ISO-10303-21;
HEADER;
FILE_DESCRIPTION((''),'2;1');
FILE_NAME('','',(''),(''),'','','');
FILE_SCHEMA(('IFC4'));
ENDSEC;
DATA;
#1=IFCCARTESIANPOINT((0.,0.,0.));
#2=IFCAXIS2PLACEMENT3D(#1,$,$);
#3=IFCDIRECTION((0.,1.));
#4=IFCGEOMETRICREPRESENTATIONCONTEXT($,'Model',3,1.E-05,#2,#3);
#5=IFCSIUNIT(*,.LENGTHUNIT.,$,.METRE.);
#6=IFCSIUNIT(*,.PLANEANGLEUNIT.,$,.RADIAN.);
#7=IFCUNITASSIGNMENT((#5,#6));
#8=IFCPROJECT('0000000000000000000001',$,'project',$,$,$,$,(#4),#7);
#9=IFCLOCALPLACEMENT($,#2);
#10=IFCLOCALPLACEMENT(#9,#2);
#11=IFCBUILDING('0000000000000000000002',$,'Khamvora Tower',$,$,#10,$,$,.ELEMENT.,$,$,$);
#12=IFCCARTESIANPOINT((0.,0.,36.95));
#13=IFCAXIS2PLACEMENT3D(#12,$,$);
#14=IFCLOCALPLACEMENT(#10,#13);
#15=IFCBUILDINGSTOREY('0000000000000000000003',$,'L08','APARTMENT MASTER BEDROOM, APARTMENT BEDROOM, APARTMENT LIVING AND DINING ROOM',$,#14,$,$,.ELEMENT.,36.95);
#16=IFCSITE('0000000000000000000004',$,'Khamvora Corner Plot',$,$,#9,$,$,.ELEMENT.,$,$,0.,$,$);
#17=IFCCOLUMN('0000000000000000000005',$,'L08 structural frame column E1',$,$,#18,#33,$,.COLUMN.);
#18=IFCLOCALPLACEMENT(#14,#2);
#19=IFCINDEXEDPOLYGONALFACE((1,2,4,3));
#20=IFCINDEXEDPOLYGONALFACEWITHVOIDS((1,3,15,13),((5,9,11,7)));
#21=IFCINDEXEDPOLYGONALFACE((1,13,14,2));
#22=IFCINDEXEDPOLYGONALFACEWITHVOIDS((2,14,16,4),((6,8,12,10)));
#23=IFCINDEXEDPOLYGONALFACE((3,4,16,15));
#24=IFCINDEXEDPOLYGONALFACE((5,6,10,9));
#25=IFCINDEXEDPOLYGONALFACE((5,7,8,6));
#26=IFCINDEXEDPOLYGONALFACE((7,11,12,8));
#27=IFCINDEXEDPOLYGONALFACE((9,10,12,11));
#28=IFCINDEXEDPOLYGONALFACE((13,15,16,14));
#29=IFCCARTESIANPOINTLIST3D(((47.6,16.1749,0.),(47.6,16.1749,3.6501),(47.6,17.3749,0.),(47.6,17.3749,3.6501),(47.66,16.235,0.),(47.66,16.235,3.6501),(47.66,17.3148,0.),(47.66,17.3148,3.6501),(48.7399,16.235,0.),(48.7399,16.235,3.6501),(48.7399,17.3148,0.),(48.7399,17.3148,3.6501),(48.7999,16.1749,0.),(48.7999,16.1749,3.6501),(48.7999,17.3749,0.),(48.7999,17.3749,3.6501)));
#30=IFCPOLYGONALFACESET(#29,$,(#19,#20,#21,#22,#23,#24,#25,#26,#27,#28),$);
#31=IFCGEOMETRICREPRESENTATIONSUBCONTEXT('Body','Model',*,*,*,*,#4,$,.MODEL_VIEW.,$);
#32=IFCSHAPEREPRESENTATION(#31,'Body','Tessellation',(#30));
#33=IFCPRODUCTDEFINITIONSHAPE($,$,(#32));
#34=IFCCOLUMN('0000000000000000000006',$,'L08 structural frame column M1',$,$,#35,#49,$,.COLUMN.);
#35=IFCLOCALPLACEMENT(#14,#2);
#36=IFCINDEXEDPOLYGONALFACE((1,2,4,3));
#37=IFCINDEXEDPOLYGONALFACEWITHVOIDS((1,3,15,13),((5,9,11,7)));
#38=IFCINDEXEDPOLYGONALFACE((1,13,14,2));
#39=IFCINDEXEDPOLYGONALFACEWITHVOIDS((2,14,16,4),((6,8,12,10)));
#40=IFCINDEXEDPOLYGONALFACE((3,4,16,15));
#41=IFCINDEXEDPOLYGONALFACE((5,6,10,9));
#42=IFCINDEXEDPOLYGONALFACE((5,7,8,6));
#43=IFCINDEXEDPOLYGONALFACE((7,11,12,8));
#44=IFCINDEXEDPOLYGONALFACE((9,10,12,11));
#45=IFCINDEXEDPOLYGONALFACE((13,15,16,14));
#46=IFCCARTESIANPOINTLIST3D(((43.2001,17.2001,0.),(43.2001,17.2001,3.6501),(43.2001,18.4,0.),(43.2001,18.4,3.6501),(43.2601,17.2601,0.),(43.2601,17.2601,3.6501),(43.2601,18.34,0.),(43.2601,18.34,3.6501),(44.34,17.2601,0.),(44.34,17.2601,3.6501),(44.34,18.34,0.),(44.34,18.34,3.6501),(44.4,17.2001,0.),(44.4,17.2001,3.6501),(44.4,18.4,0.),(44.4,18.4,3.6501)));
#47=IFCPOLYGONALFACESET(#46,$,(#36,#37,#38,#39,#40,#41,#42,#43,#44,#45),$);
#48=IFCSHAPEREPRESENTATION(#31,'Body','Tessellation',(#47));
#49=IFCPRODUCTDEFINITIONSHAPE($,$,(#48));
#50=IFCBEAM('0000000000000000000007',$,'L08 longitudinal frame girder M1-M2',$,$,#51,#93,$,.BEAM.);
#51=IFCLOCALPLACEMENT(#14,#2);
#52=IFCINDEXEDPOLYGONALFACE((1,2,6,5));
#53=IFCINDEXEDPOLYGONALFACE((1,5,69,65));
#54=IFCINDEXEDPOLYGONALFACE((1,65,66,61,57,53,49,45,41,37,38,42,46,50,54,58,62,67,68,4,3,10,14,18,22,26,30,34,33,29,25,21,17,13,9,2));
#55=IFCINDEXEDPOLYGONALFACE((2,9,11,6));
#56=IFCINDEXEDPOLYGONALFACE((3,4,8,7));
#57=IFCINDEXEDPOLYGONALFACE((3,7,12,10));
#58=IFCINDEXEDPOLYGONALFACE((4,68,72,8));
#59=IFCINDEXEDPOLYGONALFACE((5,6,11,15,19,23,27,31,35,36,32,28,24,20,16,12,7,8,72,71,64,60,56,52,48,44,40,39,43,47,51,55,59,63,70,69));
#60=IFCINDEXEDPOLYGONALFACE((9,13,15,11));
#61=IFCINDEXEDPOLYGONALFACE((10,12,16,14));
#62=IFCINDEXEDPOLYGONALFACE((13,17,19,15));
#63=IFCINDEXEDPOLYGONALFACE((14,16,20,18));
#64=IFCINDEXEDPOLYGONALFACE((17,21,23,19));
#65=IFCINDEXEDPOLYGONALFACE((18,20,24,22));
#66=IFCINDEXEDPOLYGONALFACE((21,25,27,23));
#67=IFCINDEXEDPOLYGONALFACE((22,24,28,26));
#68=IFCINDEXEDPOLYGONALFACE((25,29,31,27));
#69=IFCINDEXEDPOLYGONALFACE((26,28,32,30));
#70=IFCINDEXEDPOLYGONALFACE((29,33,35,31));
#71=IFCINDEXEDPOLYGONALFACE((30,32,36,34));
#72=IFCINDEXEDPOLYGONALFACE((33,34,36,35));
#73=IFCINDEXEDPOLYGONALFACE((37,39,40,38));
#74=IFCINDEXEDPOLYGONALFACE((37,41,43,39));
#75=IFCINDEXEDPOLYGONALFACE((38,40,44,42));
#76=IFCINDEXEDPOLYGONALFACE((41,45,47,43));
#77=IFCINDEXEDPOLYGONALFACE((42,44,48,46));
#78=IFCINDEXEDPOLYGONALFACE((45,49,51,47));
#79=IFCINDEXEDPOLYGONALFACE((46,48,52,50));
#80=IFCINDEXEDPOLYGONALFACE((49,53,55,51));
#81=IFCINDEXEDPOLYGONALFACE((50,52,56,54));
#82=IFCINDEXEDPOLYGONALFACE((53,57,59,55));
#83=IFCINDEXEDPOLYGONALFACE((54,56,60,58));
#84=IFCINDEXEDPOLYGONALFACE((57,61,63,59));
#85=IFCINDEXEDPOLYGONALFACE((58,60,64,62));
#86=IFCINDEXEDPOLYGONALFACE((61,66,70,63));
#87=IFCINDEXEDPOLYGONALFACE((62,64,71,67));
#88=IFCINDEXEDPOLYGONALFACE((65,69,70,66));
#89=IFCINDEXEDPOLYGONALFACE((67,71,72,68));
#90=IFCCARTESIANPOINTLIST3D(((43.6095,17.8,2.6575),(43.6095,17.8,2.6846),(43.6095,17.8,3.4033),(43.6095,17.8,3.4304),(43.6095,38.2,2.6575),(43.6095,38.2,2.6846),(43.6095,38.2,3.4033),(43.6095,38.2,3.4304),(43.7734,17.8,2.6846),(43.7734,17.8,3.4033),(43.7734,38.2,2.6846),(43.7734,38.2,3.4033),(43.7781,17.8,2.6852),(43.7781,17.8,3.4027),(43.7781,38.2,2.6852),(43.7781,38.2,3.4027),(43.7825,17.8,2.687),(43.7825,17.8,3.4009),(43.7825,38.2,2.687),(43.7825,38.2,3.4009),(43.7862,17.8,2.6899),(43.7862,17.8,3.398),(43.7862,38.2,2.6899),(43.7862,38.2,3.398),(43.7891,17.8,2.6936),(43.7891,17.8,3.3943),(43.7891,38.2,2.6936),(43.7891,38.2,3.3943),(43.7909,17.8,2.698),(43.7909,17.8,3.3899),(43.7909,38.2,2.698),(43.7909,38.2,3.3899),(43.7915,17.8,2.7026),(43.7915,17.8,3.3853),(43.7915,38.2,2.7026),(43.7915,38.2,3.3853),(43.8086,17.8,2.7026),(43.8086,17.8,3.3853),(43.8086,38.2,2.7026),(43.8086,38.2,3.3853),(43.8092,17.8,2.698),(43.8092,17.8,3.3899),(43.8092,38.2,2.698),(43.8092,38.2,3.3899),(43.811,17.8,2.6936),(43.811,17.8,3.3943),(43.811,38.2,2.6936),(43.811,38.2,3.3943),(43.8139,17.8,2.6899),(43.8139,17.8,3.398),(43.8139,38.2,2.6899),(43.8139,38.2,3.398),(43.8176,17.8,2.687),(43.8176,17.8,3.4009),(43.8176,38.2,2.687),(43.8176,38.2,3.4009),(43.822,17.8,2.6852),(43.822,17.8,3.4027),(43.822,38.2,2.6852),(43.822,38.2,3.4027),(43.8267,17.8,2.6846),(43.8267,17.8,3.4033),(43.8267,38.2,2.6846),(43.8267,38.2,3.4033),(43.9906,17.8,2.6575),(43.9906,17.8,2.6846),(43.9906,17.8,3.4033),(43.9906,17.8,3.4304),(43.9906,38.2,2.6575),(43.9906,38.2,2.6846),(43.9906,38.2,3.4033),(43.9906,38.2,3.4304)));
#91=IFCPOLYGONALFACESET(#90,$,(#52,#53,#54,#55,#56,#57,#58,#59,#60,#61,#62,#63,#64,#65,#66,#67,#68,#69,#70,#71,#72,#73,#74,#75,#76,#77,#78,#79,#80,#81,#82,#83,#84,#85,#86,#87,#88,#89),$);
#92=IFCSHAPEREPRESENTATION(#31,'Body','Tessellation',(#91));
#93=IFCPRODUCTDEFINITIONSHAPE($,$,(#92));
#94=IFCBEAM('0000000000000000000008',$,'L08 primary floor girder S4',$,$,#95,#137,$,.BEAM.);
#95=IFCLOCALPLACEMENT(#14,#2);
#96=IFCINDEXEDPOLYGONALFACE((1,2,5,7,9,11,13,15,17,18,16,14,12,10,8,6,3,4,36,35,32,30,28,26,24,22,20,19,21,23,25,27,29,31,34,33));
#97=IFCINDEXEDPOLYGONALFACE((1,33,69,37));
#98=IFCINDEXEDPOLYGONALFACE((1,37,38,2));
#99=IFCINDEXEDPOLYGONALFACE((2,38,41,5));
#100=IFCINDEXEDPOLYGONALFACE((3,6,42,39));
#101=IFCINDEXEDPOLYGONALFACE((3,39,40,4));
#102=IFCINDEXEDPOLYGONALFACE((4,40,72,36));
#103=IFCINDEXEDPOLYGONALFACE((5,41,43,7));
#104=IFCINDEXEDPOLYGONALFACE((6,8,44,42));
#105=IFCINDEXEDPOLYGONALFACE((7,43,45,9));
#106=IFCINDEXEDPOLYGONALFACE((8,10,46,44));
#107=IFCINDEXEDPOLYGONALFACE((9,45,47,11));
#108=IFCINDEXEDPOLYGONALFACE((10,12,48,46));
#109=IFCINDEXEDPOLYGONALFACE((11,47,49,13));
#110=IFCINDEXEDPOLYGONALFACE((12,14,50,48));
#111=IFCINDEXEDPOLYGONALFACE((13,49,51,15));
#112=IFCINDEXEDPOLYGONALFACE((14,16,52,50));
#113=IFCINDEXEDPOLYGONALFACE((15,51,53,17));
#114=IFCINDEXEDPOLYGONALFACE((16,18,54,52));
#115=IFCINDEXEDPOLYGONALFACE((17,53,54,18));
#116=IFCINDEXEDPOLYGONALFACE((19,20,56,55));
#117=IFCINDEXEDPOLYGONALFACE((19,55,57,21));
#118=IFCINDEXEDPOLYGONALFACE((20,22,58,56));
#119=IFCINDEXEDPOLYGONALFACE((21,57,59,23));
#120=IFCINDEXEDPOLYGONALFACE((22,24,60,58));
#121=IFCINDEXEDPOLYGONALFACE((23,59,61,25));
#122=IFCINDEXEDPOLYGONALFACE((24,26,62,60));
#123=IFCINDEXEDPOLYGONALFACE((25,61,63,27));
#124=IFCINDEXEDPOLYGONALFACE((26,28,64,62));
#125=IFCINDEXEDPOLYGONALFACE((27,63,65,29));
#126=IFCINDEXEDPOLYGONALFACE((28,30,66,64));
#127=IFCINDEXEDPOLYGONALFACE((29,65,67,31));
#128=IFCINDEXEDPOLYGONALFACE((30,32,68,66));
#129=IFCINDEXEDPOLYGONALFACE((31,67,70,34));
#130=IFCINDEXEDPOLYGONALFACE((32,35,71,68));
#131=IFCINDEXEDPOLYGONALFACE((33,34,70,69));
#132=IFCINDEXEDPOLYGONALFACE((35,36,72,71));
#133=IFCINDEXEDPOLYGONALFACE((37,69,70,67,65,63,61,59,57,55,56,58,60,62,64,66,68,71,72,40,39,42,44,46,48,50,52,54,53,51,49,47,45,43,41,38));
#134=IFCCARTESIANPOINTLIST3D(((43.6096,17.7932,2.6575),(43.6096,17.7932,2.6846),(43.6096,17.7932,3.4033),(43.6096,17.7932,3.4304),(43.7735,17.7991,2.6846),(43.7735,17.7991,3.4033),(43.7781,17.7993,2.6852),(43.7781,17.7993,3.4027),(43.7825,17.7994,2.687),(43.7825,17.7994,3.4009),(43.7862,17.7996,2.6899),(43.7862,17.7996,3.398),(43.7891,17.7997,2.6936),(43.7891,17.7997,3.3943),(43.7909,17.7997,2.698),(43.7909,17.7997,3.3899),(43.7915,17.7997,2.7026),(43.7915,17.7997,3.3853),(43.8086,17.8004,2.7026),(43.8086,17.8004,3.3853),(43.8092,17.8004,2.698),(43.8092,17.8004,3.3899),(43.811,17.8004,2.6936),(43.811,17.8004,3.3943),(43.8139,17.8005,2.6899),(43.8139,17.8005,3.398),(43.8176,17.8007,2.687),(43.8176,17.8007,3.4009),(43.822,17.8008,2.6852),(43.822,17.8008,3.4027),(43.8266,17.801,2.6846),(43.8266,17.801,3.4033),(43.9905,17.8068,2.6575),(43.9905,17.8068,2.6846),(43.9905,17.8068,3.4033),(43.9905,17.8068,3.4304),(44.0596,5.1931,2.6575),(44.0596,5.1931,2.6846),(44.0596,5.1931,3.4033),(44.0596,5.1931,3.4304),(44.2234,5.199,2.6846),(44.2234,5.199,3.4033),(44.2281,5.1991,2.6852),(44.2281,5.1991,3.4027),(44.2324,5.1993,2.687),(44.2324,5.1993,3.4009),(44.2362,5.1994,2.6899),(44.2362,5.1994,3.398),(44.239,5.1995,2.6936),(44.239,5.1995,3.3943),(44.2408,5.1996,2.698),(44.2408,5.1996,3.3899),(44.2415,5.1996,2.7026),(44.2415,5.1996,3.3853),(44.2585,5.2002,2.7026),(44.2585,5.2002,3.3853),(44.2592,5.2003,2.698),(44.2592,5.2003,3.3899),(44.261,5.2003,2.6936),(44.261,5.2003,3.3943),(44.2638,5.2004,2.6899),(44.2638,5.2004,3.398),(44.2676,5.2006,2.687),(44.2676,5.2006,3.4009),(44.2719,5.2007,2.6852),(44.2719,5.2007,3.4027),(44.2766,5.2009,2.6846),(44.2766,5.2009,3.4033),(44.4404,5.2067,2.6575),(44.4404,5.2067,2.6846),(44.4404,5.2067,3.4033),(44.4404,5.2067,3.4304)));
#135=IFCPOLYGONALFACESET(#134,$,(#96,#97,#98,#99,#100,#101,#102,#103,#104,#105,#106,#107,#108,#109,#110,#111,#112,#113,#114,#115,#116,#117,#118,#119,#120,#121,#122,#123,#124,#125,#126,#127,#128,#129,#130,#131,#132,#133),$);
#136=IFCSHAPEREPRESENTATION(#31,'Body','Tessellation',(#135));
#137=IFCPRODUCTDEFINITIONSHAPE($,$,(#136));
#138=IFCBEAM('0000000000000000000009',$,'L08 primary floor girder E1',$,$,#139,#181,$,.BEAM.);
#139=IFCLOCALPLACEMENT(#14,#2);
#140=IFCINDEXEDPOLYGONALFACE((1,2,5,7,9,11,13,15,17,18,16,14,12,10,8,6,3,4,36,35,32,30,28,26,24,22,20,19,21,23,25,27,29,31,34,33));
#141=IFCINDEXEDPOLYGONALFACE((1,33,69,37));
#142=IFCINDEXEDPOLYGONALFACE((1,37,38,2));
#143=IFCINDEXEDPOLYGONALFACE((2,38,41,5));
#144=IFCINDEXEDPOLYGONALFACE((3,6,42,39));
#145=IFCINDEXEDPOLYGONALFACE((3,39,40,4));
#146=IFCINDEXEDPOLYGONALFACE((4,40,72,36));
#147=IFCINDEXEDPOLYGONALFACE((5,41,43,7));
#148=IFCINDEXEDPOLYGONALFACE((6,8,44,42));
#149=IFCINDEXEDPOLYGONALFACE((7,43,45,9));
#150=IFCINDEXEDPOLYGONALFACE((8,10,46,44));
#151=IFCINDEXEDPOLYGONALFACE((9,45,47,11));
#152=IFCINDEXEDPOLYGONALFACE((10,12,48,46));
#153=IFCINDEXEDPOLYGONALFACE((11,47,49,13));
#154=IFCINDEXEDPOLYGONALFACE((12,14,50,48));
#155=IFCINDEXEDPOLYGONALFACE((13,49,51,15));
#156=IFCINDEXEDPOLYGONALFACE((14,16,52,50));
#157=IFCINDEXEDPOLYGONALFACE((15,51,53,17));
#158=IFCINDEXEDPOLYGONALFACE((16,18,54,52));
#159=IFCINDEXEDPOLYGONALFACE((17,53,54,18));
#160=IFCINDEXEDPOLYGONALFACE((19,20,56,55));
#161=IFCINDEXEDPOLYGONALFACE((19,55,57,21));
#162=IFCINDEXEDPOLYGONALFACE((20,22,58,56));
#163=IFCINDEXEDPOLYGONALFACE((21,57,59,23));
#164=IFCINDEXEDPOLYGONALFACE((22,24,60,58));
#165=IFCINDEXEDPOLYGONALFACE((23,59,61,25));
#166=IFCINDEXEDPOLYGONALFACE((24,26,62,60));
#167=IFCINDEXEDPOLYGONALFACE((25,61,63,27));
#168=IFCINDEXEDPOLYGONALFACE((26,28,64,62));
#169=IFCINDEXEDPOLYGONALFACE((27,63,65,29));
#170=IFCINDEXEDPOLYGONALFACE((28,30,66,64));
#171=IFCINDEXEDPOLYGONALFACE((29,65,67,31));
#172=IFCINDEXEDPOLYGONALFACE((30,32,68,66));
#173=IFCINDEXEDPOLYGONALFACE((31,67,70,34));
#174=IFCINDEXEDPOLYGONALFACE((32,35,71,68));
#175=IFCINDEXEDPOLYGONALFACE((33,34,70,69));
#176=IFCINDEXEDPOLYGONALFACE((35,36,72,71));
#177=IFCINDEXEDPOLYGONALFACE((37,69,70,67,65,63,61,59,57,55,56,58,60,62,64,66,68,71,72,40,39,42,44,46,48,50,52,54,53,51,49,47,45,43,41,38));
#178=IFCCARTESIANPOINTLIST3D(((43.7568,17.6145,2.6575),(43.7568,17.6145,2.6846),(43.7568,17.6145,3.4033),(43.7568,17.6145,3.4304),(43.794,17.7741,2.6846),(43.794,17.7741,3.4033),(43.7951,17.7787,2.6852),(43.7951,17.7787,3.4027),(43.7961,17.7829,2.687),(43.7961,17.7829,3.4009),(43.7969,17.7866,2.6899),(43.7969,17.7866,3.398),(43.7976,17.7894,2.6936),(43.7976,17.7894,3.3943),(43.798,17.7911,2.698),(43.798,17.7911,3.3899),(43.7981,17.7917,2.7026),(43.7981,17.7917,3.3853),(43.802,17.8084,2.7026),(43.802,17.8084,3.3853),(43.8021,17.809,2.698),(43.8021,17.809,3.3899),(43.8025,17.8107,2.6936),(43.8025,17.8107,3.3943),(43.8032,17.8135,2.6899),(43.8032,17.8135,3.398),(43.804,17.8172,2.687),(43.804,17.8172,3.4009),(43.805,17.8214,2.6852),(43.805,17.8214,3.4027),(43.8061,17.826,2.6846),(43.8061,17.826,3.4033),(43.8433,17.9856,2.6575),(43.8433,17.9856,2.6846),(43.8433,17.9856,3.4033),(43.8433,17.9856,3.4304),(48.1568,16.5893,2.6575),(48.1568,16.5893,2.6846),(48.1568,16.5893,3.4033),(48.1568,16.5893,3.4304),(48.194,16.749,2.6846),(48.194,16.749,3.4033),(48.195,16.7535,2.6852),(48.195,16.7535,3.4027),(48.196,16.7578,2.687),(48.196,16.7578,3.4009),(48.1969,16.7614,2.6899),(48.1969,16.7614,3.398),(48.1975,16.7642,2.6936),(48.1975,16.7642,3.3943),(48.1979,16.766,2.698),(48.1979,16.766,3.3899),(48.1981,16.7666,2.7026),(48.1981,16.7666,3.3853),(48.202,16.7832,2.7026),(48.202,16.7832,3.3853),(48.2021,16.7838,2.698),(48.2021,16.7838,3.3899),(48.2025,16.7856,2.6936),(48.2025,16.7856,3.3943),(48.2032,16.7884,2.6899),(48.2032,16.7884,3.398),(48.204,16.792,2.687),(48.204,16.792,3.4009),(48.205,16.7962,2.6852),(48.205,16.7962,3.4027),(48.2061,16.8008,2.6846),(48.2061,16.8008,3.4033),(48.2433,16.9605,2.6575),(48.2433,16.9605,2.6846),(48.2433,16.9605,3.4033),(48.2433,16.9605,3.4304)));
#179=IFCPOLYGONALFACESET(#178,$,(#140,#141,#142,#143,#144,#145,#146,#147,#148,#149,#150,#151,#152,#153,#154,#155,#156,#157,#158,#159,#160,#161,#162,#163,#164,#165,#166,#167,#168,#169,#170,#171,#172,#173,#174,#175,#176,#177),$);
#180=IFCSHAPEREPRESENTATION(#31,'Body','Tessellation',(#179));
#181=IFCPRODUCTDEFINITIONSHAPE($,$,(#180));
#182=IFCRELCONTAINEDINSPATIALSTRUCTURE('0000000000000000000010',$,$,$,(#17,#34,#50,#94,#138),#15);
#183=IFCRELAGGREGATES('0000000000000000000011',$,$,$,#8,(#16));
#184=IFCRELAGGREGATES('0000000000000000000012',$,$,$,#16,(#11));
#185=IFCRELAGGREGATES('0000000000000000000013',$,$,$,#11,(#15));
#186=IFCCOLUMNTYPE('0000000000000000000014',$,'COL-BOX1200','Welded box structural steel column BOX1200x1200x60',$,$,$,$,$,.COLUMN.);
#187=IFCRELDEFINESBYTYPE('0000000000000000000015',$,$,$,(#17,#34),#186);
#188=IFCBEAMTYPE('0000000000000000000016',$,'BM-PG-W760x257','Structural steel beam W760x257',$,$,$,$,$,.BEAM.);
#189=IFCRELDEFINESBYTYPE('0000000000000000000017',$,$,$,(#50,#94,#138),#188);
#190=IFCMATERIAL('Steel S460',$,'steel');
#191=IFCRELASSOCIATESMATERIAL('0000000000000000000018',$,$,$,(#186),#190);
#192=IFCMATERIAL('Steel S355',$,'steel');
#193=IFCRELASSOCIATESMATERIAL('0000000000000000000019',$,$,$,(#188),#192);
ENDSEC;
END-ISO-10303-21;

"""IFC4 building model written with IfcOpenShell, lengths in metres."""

from ifc_helpers import new_model, si_unit, direction, frame, origin, origin_2d, place, context, subcontext, project, spatial, hollow_rectangle, i_section, extrude, material, material_profile, profile_set, type_object, element, save


model = new_model("IFC4")

# Units and contexts
model_context = context("Model", 3, precision=1e-05, world=origin(), true_north=direction((0.0, 1.0)))
body_context = subcontext(model_context, "Body", "Model", "MODEL_VIEW")
ifc_project = project(units=[si_unit("LENGTHUNIT", "METRE"), si_unit("PLANEANGLEUNIT", "RADIAN")], contexts=[model_context])

# Site, building, storey
site_placement = place(None, origin())
site = spatial("IfcSite", under=ifc_project, at=site_placement, Name="Khamvora Corner Plot", CompositionType="ELEMENT", RefElevation=0.0)
building_placement = place(site_placement, origin())
building = spatial("IfcBuilding", under=site, at=building_placement, Name="Khamvora Tower", CompositionType="ELEMENT")
storey_placement = place(building_placement, frame((0.0, 0.0, 36.95)))
storey = spatial("IfcBuildingStorey", under=building, at=storey_placement, Name="L08", Description="APARTMENT MASTER BEDROOM, APARTMENT BEDROOM, APARTMENT LIVING AND DINING ROOM", CompositionType="ELEMENT", Elevation=36.95)

# Columns
ifc_material_1 = material(Name="Steel S460", Category="steel")
ifc_material_profile_1 = material_profile(ifc_material_1, hollow_rectangle(XDim=1.2, YDim=1.2, WallThickness=0.0601, at=origin_2d()), Name="BOX1200x1200x60")
ifc_profile_set_1 = profile_set([ifc_material_profile_1], Name="Steel S460")
column_type = type_object("IfcColumnType", Name="COL-BOX1200", Description="Welded box structural steel column BOX1200x1200x60", PredefinedType="COLUMN", material=ifc_profile_set_1)
for number, where, z_axis, x_axis, name in (
    (1, (48.2, 16.7749, 0.0), (0.0, 0.0, 1.0), (1.0, 0.0, 0.0), "L08 structural frame column E1"),
    (2, (43.8, 17.8, 0.0), (0.0, 0.0, 1.0), (1.0, 0.0, 0.0), "L08 structural frame column M1"),
):
    element("IfcColumn", number, at=place(storey_placement, frame(where, z_axis=z_axis, x_axis=x_axis)), inside=storey, type_object=column_type, Name=name, PredefinedType="COLUMN", context=body_context, shape_type="SweptSolid", body=[
        extrude(hollow_rectangle(XDim=1.2, YDim=1.2, WallThickness=0.0601, at=origin_2d()), origin(), (0.0, 0.0, 1.0), 3.6501),
    ])

# Beams
ifc_material_2 = material(Name="Steel S355", Category="steel")
ifc_material_profile_2 = material_profile(ifc_material_2, i_section(OverallWidth=0.3811, OverallDepth=0.7729, WebThickness=0.0171, FlangeThickness=0.0271, FilletRadius=0.0181, at=origin_2d()), Name="W760x257")
ifc_profile_set_2 = profile_set([ifc_material_profile_2], Name="Steel S355")
beam_type_1 = type_object("IfcBeamType", Name="BM-PG-W760x257", Description="Structural steel beam W760x257", PredefinedType="BEAM", material=ifc_profile_set_2)
beam_1_placement = place(storey_placement, frame((43.8, 17.8, 3.0439), z_axis=(0.0, 1.0, 0.0), x_axis=(-1.0, 0.0, 0.0)))
element("IfcBeam", 3, at=beam_1_placement, inside=storey, type_object=beam_type_1, Name="L08 longitudinal frame girder M1-M2", PredefinedType="BEAM", context=body_context, shape_type="SweptSolid", body=[
    extrude(i_section(OverallWidth=0.3811, OverallDepth=0.7729, WebThickness=0.0171, FlangeThickness=0.0271, FilletRadius=0.0181, at=origin_2d()), origin(), (0.0, 0.0, 1.0), 20.3999),
])
beam_2_placement = place(storey_placement, frame((43.8, 17.8, 3.0439), z_axis=(0.035687, -0.999363, 0.0), x_axis=(0.999363, 0.035687, 0.0)))
element("IfcBeam", 4, at=beam_2_placement, inside=storey, type_object=beam_type_1, Name="L08 primary floor girder S4", PredefinedType="BEAM", context=body_context, shape_type="SweptSolid", body=[
    extrude(i_section(OverallWidth=0.3811, OverallDepth=0.7729, WebThickness=0.0171, FlangeThickness=0.0271, FilletRadius=0.0181, at=origin_2d()), origin(), (0.0, 0.0, 1.0), 12.6082),
])
beam_3_placement = place(storey_placement, frame((43.8, 17.8, 3.0439), z_axis=(0.973915, -0.226915, 0.0), x_axis=(0.226915, 0.973915, 0.0)))
element("IfcBeam", 5, at=beam_3_placement, inside=storey, type_object=beam_type_1, Name="L08 primary floor girder E1", PredefinedType="BEAM", context=body_context, shape_type="SweptSolid", body=[
    extrude(i_section(OverallWidth=0.3811, OverallDepth=0.7729, WebThickness=0.0171, FlangeThickness=0.0271, FilletRadius=0.0181, at=origin_2d()), origin(), (0.0, 0.0, 1.0), 4.5178),
])

save(model, "model.ifc")
